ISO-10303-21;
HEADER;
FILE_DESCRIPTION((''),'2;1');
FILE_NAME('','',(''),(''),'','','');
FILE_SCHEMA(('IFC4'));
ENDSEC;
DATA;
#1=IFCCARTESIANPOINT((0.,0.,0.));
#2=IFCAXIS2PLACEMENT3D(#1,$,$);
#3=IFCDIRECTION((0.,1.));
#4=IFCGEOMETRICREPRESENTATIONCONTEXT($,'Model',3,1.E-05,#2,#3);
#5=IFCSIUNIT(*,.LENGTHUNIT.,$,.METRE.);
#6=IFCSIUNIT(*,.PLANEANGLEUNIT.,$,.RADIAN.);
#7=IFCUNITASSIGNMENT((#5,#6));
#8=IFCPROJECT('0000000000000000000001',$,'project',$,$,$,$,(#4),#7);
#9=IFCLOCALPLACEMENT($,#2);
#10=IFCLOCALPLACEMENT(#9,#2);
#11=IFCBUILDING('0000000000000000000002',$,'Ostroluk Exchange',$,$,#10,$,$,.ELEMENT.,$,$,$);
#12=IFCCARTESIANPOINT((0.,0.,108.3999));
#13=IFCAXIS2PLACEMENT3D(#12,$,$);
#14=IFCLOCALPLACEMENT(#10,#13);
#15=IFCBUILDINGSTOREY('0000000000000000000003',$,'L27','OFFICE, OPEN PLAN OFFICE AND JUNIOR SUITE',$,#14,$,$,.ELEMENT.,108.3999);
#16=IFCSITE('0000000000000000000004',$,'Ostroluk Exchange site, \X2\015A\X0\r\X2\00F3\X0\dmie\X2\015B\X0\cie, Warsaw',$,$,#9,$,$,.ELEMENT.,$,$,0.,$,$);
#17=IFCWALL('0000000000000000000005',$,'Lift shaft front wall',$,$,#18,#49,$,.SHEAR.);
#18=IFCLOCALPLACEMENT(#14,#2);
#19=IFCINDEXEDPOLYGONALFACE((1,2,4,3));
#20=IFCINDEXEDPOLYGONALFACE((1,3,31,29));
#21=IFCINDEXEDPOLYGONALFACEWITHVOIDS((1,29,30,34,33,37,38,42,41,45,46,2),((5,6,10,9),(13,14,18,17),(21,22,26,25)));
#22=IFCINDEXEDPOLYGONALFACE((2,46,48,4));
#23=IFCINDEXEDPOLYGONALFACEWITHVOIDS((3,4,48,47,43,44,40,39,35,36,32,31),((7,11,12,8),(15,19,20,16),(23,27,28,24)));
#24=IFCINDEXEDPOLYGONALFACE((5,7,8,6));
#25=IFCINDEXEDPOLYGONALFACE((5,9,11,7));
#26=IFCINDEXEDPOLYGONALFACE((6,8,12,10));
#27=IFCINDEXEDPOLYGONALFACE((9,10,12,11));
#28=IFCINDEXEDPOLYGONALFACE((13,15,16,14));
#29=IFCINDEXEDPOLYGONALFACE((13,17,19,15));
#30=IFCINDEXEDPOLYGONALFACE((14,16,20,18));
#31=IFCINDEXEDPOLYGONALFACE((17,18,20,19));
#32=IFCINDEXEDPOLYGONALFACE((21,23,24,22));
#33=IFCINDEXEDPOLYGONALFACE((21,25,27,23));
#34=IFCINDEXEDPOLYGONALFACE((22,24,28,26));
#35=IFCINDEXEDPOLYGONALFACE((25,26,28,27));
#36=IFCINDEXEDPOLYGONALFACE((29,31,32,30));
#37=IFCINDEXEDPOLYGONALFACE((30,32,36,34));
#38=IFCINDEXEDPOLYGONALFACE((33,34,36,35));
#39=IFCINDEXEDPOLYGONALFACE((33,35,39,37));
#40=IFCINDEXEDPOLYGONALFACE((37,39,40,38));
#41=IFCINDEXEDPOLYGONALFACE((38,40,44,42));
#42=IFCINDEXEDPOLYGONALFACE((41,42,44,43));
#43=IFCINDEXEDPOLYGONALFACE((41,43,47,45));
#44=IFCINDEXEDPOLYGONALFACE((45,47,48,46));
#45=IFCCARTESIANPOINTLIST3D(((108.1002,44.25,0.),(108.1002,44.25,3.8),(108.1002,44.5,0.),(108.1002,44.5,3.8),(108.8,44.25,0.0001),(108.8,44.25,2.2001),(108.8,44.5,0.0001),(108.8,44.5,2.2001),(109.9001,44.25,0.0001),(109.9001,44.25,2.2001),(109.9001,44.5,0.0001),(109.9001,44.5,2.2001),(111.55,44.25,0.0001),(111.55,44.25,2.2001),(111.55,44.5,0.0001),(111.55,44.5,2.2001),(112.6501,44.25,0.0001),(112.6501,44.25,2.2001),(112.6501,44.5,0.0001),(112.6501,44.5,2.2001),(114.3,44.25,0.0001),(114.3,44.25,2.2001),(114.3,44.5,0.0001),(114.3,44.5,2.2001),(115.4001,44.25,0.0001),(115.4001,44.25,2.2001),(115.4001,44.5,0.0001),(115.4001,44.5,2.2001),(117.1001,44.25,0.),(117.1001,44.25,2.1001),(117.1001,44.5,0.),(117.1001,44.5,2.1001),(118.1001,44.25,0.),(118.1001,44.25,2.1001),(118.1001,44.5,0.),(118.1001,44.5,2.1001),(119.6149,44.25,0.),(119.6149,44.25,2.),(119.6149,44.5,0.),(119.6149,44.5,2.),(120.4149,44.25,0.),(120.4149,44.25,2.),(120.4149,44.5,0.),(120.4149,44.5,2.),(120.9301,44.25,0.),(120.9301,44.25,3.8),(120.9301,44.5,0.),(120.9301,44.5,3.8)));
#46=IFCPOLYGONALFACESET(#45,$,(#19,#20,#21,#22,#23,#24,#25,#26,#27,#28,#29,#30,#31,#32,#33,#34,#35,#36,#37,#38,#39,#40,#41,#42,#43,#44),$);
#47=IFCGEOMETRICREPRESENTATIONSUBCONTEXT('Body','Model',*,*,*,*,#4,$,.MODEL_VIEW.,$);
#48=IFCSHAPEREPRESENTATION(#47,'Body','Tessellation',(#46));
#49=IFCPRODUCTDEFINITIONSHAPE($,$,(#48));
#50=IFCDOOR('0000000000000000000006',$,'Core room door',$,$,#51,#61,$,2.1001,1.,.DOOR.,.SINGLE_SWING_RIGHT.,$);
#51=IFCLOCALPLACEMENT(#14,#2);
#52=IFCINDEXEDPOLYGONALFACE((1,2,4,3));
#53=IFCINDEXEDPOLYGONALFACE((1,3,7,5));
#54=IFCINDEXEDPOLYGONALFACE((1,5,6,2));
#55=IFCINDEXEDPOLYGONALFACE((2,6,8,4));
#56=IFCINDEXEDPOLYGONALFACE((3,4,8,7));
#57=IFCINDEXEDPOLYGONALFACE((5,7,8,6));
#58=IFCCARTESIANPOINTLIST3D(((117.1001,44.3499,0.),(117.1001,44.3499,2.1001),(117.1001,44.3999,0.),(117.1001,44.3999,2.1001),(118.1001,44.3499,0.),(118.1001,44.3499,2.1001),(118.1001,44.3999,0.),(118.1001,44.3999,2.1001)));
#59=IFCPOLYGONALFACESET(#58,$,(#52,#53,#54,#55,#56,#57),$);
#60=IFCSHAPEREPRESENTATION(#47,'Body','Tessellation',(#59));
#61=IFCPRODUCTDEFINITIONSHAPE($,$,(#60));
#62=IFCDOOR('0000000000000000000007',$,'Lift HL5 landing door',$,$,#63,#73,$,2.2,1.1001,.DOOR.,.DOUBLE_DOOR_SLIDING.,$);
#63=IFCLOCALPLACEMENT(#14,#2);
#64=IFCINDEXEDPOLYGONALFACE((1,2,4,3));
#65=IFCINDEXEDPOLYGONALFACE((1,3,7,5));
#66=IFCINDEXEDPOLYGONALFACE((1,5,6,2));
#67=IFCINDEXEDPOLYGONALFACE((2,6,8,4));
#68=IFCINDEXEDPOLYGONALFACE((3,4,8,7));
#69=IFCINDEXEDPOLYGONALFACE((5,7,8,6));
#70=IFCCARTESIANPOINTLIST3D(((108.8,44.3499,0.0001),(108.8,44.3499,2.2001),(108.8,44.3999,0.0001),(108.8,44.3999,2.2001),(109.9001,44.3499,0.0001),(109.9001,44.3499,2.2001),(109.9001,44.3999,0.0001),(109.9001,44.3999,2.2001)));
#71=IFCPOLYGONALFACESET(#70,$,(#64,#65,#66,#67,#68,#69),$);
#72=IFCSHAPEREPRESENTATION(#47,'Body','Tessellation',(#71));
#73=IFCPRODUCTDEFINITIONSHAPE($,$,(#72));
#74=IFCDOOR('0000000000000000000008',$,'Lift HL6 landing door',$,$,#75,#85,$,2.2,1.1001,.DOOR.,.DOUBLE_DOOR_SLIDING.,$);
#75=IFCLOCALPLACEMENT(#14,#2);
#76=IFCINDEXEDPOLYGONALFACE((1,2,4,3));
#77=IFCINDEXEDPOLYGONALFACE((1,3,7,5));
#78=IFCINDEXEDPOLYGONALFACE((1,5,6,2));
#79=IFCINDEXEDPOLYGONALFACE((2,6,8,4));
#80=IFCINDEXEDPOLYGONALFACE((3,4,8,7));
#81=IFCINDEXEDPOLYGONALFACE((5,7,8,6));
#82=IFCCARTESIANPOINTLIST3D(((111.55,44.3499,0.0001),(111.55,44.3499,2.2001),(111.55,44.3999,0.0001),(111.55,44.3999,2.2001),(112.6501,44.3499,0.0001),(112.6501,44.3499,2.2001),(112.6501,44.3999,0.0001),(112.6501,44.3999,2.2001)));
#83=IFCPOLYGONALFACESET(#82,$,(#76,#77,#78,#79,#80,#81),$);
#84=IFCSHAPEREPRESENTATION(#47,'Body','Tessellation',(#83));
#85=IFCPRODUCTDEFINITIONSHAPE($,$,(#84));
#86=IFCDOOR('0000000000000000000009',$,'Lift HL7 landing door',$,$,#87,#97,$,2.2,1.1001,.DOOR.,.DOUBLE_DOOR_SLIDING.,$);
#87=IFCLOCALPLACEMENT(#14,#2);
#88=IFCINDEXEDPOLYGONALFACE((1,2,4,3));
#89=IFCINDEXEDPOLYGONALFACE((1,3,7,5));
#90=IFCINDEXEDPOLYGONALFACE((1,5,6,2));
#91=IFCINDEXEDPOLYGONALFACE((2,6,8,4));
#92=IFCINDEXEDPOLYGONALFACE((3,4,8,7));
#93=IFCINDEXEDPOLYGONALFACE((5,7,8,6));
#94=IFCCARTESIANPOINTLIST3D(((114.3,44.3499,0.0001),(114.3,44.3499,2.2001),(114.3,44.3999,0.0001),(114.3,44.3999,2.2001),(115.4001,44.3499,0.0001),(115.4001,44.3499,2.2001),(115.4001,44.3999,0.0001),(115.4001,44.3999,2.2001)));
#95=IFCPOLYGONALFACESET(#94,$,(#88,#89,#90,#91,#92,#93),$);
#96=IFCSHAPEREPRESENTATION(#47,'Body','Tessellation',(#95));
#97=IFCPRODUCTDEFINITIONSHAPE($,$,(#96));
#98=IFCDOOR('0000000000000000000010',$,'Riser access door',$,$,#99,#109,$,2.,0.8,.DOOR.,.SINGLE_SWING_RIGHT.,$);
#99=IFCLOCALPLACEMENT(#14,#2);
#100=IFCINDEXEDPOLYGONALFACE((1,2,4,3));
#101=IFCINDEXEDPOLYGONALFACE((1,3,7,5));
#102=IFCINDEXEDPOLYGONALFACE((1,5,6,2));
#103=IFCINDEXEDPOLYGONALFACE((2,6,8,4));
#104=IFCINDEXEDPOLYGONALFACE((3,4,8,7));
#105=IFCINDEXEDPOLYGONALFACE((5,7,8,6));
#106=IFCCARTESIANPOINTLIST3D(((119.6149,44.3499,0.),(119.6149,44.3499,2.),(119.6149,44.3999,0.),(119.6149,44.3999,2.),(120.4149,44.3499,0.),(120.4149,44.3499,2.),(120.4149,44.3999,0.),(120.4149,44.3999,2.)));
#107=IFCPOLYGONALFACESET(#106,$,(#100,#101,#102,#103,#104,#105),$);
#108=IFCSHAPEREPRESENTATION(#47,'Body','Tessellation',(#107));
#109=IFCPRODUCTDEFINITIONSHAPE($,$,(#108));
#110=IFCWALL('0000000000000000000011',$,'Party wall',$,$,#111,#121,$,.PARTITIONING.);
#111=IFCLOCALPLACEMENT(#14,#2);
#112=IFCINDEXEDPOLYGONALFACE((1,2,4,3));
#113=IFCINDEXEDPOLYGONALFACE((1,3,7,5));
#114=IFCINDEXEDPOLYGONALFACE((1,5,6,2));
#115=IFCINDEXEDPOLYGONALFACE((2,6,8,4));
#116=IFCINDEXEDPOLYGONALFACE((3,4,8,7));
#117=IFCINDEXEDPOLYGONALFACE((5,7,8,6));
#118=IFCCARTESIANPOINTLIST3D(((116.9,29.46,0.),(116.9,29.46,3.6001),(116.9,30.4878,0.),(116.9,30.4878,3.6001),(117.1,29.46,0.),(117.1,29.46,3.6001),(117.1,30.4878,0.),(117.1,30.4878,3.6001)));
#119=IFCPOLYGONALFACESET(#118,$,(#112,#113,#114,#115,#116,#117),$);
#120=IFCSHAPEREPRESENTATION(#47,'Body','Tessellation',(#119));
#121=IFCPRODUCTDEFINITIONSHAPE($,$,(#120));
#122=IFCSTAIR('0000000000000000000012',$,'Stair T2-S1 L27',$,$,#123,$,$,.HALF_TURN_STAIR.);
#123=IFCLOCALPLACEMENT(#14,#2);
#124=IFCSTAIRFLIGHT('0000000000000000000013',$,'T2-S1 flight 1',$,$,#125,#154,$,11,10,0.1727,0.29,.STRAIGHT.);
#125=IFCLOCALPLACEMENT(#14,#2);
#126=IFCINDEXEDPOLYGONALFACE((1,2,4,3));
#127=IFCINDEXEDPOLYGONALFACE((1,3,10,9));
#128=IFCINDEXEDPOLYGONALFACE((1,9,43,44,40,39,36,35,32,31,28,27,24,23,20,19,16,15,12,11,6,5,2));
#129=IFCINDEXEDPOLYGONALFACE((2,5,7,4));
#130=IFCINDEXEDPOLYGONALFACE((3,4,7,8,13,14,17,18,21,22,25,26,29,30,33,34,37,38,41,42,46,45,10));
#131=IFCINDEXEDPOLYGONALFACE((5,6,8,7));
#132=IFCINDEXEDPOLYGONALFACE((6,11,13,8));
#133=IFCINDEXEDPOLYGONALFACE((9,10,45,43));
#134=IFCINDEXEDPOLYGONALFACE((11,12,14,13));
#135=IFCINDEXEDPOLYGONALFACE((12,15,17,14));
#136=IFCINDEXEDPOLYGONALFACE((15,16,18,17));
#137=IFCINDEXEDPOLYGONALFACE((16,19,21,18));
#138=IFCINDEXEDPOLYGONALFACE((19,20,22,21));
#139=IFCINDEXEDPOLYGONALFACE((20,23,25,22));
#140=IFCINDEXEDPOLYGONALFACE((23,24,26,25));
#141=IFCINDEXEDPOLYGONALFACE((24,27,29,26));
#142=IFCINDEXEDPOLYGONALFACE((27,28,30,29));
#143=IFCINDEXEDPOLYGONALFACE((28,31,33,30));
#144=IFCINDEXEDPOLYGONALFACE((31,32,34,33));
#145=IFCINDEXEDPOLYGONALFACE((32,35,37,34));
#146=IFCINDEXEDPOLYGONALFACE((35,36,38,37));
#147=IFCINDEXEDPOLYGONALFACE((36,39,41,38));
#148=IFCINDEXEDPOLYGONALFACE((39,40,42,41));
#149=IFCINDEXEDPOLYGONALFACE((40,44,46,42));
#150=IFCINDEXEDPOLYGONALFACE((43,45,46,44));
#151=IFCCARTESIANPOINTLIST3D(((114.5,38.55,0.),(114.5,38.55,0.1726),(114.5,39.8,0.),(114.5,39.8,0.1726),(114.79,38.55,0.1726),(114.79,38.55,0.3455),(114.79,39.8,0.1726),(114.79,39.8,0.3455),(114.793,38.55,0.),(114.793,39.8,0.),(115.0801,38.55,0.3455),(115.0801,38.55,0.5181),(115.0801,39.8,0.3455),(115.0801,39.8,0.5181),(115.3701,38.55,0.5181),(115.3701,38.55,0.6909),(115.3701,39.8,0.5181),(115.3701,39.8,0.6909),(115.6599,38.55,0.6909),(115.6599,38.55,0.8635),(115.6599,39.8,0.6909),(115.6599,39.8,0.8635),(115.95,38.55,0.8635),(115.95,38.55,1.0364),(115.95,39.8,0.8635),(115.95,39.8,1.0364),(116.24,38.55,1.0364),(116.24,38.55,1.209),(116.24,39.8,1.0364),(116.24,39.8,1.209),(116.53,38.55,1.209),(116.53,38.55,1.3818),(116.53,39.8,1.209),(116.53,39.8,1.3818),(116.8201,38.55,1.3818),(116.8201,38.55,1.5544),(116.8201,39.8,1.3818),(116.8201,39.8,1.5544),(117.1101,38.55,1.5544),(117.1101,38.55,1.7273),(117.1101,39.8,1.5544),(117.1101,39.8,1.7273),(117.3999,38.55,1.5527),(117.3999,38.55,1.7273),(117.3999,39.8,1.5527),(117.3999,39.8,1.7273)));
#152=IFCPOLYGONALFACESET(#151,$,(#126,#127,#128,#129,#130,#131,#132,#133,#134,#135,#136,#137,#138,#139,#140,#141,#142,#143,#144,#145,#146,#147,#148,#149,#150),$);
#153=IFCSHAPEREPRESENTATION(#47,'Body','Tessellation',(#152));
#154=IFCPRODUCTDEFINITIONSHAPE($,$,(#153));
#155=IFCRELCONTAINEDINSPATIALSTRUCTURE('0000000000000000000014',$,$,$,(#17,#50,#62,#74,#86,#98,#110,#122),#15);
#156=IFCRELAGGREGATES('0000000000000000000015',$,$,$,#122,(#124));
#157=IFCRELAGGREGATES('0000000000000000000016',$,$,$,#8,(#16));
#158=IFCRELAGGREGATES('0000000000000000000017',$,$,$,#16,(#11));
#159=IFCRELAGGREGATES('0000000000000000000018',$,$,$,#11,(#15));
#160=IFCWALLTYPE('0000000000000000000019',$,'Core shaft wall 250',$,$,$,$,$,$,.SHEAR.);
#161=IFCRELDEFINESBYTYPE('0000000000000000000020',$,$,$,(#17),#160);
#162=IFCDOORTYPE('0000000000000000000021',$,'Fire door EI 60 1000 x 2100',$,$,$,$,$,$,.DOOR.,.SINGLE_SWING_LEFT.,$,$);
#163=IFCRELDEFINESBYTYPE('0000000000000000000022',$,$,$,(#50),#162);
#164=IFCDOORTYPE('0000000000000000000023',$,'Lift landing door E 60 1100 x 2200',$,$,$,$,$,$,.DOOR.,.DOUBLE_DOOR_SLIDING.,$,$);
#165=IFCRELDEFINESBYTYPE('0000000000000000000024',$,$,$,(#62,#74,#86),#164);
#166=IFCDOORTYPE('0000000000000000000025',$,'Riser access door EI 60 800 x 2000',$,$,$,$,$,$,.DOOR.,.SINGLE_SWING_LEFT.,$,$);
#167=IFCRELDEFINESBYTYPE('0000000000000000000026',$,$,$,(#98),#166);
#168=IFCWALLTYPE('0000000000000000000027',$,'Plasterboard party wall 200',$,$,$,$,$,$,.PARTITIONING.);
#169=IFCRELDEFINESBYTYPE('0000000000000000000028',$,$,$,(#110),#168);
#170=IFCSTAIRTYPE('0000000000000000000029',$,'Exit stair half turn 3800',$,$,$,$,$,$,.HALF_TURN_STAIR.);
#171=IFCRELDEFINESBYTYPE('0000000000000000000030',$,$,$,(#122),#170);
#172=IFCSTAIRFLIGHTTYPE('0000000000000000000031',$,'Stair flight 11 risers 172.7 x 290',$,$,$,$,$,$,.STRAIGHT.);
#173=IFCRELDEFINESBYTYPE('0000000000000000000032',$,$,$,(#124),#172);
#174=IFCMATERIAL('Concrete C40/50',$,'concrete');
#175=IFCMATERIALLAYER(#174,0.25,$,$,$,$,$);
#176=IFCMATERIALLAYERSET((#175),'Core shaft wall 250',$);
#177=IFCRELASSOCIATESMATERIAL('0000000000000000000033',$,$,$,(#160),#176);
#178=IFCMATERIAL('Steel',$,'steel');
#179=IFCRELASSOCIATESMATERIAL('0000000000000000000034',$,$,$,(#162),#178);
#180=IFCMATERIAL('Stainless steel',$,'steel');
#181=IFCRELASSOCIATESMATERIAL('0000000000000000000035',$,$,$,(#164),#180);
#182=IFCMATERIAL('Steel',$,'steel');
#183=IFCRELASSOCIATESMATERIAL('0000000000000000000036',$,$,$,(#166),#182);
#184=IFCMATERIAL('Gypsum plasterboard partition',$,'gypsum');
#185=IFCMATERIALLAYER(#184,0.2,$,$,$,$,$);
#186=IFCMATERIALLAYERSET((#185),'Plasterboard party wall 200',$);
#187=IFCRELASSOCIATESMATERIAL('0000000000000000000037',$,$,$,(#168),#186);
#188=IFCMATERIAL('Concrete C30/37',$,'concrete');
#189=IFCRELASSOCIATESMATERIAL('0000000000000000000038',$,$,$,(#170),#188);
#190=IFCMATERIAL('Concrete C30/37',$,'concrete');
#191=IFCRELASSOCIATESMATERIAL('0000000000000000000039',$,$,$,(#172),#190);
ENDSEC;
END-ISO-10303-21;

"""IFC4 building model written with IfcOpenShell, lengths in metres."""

from ifc_helpers import new_model, si_unit, direction, frame, frame_2d, origin, place, context, subcontext, project, spatial, polyline, rectangle, outline, extrude, material, layer, layer_set, type_object, element, fill, aggregate, save


model = new_model("IFC4")

# Units and contexts
model_context = context("Model", 3, precision=1e-05, world=origin(), true_north=direction((0.0, 1.0)))
body_context = subcontext(model_context, "Body", "Model", "MODEL_VIEW")
ifc_project = project(units=[si_unit("LENGTHUNIT", "METRE"), si_unit("PLANEANGLEUNIT", "RADIAN")], contexts=[model_context])

# Site, building, storey
site_placement = place(None, origin())
site = spatial("IfcSite", under=ifc_project, at=site_placement, Name="Ostroluk Exchange site, Śródmieście, Warsaw", CompositionType="ELEMENT", RefElevation=0.0)
building_placement = place(site_placement, origin())
building = spatial("IfcBuilding", under=site, at=building_placement, Name="Ostroluk Exchange", CompositionType="ELEMENT")
storey_placement = place(building_placement, frame((0.0, 0.0, 108.3999)))
storey = spatial("IfcBuildingStorey", under=building, at=storey_placement, Name="L27", Description="OFFICE, OPEN PLAN OFFICE AND JUNIOR SUITE", CompositionType="ELEMENT", Elevation=108.3999)

# Shared definitions
ifc_material_1 = material(Name="Concrete C40/50", Category="concrete")
ifc_layer_1 = layer(ifc_material_1, 0.25)
ifc_layer_set_1 = layer_set([ifc_layer_1], Name="Core shaft wall 250")
wall_type_1 = type_object("IfcWallType", Name="Core shaft wall 250", PredefinedType="SHEAR", material=ifc_layer_set_1)

# Wall, openings, doors
wall_1_placement = place(storey_placement, frame((108.1001, 44.375, 0.0), z_axis=(0.0, 0.0, 1.0), x_axis=(1.0, 0.0, 0.0)))
wall_1 = element("IfcWall", 1, at=wall_1_placement, inside=storey, type_object=wall_type_1, Name="Lift shaft front wall", PredefinedType="SHEAR", context=body_context, shape_type="SweptSolid", body=[
    extrude(rectangle(XDim=12.8298, YDim=0.25, at=frame_2d((6.415, 0.0))), origin(), (0.0, 0.0, 1.0), 3.8),
])
opening_1_placement = place(wall_1_placement, frame((0.7, 0.0, 0.0)))
opening_1 = element("IfcOpeningElement", 2, at=opening_1_placement, cuts=wall_1, PredefinedType="OPENING", context=body_context, shape_type="SweptSolid", body=[
    extrude(rectangle(XDim=1.1001, YDim=2.2, at=frame_2d((0.55, 1.1001))), frame((0.0, 0.135, 0.0), z_axis=(0.0, -1.0, 0.0), x_axis=(1.0, 0.0, 0.0)), (0.0, 0.0, 1.0), 0.27),
])
opening_2_placement = place(wall_1_placement, frame((3.45, 0.0, 0.0)))
opening_2 = element("IfcOpeningElement", 3, at=opening_2_placement, cuts=wall_1, PredefinedType="OPENING", context=body_context, shape_type="SweptSolid", body=[
    extrude(rectangle(XDim=1.1001, YDim=2.2, at=frame_2d((0.55, 1.1001))), frame((0.0, 0.135, 0.0), z_axis=(0.0, -1.0, 0.0), x_axis=(1.0, 0.0, 0.0)), (0.0, 0.0, 1.0), 0.27),
])
opening_3_placement = place(wall_1_placement, frame((6.2, 0.0, 0.0)))
opening_3 = element("IfcOpeningElement", 4, at=opening_3_placement, cuts=wall_1, PredefinedType="OPENING", context=body_context, shape_type="SweptSolid", body=[
    extrude(rectangle(XDim=1.1001, YDim=2.2, at=frame_2d((0.55, 1.1001))), frame((0.0, 0.135, 0.0), z_axis=(0.0, -1.0, 0.0), x_axis=(1.0, 0.0, 0.0)), (0.0, 0.0, 1.0), 0.27),
])
opening_4_placement = place(wall_1_placement, frame((9.0, 0.0, 0.0)))
opening_4 = element("IfcOpeningElement", 5, at=opening_4_placement, cuts=wall_1, PredefinedType="OPENING", context=body_context, shape_type="SweptSolid", body=[
    extrude(rectangle(XDim=1.0, YDim=2.1001, at=frame_2d((0.5, 1.05))), frame((0.0, 0.135, 0.0), z_axis=(0.0, -1.0, 0.0), x_axis=(1.0, 0.0, 0.0)), (0.0, 0.0, 1.0), 0.27),
])
opening_5_placement = place(wall_1_placement, frame((11.5149, 0.0, 0.0)))
opening_5 = element("IfcOpeningElement", 6, at=opening_5_placement, cuts=wall_1, PredefinedType="OPENING", context=body_context, shape_type="SweptSolid", body=[
    extrude(rectangle(XDim=0.8, YDim=2.0, at=frame_2d((0.3999, 1.0))), frame((0.0, 0.135, 0.0), z_axis=(0.0, -1.0, 0.0), x_axis=(1.0, 0.0, 0.0)), (0.0, 0.0, 1.0), 0.27),
])
ifc_material_2 = material(Name="Steel", Category="steel")
door_type_1 = type_object("IfcDoorType", Name="Fire door EI 60 1000 x 2100", OperationType="SINGLE_SWING_LEFT", PredefinedType="DOOR", material=ifc_material_2)
door_1_placement = place(opening_4_placement, origin())
door_1 = element("IfcDoor", 7, at=door_1_placement, inside=storey, type_object=door_type_1, Name="Core room door", OperationType="SINGLE_SWING_RIGHT", OverallHeight=2.1001, OverallWidth=1.0, PredefinedType="DOOR", context=body_context, shape_type="SweptSolid", body=[
    extrude(rectangle(XDim=1.0, YDim=2.1001, at=frame_2d((0.5, 1.05))), frame((0.0, 0.0249, 0.0), z_axis=(0.0, -1.0, 0.0), x_axis=(1.0, 0.0, 0.0)), (0.0, 0.0, 1.0), 0.05),
])
fill(opening_4, door_1)
ifc_material_3 = material(Name="Stainless steel", Category="steel")
door_type_2 = type_object("IfcDoorType", Name="Lift landing door E 60 1100 x 2200", OperationType="DOUBLE_DOOR_SLIDING", PredefinedType="DOOR", material=ifc_material_3)
door_2_placement = place(opening_1_placement, origin())
door_2 = element("IfcDoor", 8, at=door_2_placement, inside=storey, type_object=door_type_2, Name="Lift HL5 landing door", OperationType="DOUBLE_DOOR_SLIDING", OverallHeight=2.2, OverallWidth=1.1001, PredefinedType="DOOR", context=body_context, shape_type="SweptSolid", body=[
    extrude(rectangle(XDim=1.1001, YDim=2.2, at=frame_2d((0.55, 1.1001))), frame((0.0, 0.0249, 0.0), z_axis=(0.0, -1.0, 0.0), x_axis=(1.0, 0.0, 0.0)), (0.0, 0.0, 1.0), 0.05),
])
fill(opening_1, door_2)
door_3_placement = place(opening_2_placement, origin())
door_3 = element("IfcDoor", 9, at=door_3_placement, inside=storey, type_object=door_type_2, Name="Lift HL6 landing door", OperationType="DOUBLE_DOOR_SLIDING", OverallHeight=2.2, OverallWidth=1.1001, PredefinedType="DOOR", context=body_context, shape_type="SweptSolid", body=[
    extrude(rectangle(XDim=1.1001, YDim=2.2, at=frame_2d((0.55, 1.1001))), frame((0.0, 0.0249, 0.0), z_axis=(0.0, -1.0, 0.0), x_axis=(1.0, 0.0, 0.0)), (0.0, 0.0, 1.0), 0.05),
])
fill(opening_2, door_3)
door_4_placement = place(opening_3_placement, origin())
door_4 = element("IfcDoor", 10, at=door_4_placement, inside=storey, type_object=door_type_2, Name="Lift HL7 landing door", OperationType="DOUBLE_DOOR_SLIDING", OverallHeight=2.2, OverallWidth=1.1001, PredefinedType="DOOR", context=body_context, shape_type="SweptSolid", body=[
    extrude(rectangle(XDim=1.1001, YDim=2.2, at=frame_2d((0.55, 1.1001))), frame((0.0, 0.0249, 0.0), z_axis=(0.0, -1.0, 0.0), x_axis=(1.0, 0.0, 0.0)), (0.0, 0.0, 1.0), 0.05),
])
fill(opening_3, door_4)
ifc_material_4 = material(Name="Steel", Category="steel")
door_type_3 = type_object("IfcDoorType", Name="Riser access door EI 60 800 x 2000", OperationType="SINGLE_SWING_LEFT", PredefinedType="DOOR", material=ifc_material_4)
door_5_placement = place(opening_5_placement, origin())
door_5 = element("IfcDoor", 11, at=door_5_placement, inside=storey, type_object=door_type_3, Name="Riser access door", OperationType="SINGLE_SWING_RIGHT", OverallHeight=2.0, OverallWidth=0.8, PredefinedType="DOOR", context=body_context, shape_type="SweptSolid", body=[
    extrude(rectangle(XDim=0.8, YDim=2.0, at=frame_2d((0.3999, 1.0))), frame((0.0, 0.0249, 0.0), z_axis=(0.0, -1.0, 0.0), x_axis=(1.0, 0.0, 0.0)), (0.0, 0.0, 1.0), 0.05),
])
fill(opening_5, door_5)

# Wall
ifc_material_5 = material(Name="Gypsum plasterboard partition", Category="gypsum")
ifc_layer_2 = layer(ifc_material_5, 0.2)
ifc_layer_set_2 = layer_set([ifc_layer_2], Name="Plasterboard party wall 200")
wall_type_2 = type_object("IfcWallType", Name="Plasterboard party wall 200", PredefinedType="PARTITIONING", material=ifc_layer_set_2)
wall_2_placement = place(storey_placement, frame((117.0, 30.4878, 0.0), z_axis=(0.0, 0.0, 1.0), x_axis=(0.0, -1.0, 0.0)))
element("IfcWall", 12, at=wall_2_placement, inside=storey, type_object=wall_type_2, Name="Party wall", PredefinedType="PARTITIONING", context=body_context, shape_type="SweptSolid", body=[
    extrude(rectangle(XDim=1.0278, YDim=0.2, at=frame_2d((0.5139, 0.0))), origin(), (0.0, 0.0, 1.0), 3.6001),
])

# Stair, stair flight
ifc_material_6 = material(Name="Concrete C30/37", Category="concrete")
stair_type = type_object("IfcStairType", Name="Exit stair half turn 3800", PredefinedType="HALF_TURN_STAIR", material=ifc_material_6)
stair_placement = place(storey_placement, origin())
stair = element("IfcStair", 13, at=stair_placement, inside=storey, type_object=stair_type, Name="Stair T2-S1 L27", PredefinedType="HALF_TURN_STAIR")
ifc_material_7 = material(Name="Concrete C30/37", Category="concrete")
stair_flight_type = type_object("IfcStairFlightType", Name="Stair flight 11 risers 172.7 x 290", PredefinedType="STRAIGHT", material=ifc_material_7)
stair_flight_placement = place(storey_placement, frame((114.5, 39.175, 0.0), z_axis=(0.0, 0.0, 1.0), x_axis=(1.0, 0.0, 0.0)))
stair_flight = element("IfcStairFlight", 14, at=stair_flight_placement, type_object=stair_flight_type, Name="T2-S1 flight 1", NumberOfRisers=11, NumberOfTreads=10, PredefinedType="STRAIGHT", RiserHeight=0.1727, TreadLength=0.29, context=body_context, shape_type="SweptSolid", body=[
    extrude(outline(polyline([(0.0, 0.0), (0.0, 0.1726), (0.29, 0.1726), (0.29, 0.3455), (0.5801, 0.3455), (0.5801, 0.5181), (0.8701, 0.5181), (0.8701, 0.6909), (1.1599, 0.6909), (1.1599, 0.8635), (1.45, 0.8635), (1.45, 1.0364), (1.74, 1.0364), (1.74, 1.209), (2.03, 1.209), (2.03, 1.3818), (2.3201, 1.3818), (2.3201, 1.5544), (2.6101, 1.5544), (2.6101, 1.7273), (2.8999, 1.7273), (2.8999, 1.8999), (2.8999, 1.5527), (0.293, 0.0), (0.0, 0.0)])), frame((0.0, 0.625, 0.0), z_axis=(0.0, -1.0, 0.0), x_axis=(1.0, 0.0, 0.0)), (0.0, 0.0, 1.0), 1.25),
])
aggregate(stair, [stair_flight])

save(model, "model.ifc")
